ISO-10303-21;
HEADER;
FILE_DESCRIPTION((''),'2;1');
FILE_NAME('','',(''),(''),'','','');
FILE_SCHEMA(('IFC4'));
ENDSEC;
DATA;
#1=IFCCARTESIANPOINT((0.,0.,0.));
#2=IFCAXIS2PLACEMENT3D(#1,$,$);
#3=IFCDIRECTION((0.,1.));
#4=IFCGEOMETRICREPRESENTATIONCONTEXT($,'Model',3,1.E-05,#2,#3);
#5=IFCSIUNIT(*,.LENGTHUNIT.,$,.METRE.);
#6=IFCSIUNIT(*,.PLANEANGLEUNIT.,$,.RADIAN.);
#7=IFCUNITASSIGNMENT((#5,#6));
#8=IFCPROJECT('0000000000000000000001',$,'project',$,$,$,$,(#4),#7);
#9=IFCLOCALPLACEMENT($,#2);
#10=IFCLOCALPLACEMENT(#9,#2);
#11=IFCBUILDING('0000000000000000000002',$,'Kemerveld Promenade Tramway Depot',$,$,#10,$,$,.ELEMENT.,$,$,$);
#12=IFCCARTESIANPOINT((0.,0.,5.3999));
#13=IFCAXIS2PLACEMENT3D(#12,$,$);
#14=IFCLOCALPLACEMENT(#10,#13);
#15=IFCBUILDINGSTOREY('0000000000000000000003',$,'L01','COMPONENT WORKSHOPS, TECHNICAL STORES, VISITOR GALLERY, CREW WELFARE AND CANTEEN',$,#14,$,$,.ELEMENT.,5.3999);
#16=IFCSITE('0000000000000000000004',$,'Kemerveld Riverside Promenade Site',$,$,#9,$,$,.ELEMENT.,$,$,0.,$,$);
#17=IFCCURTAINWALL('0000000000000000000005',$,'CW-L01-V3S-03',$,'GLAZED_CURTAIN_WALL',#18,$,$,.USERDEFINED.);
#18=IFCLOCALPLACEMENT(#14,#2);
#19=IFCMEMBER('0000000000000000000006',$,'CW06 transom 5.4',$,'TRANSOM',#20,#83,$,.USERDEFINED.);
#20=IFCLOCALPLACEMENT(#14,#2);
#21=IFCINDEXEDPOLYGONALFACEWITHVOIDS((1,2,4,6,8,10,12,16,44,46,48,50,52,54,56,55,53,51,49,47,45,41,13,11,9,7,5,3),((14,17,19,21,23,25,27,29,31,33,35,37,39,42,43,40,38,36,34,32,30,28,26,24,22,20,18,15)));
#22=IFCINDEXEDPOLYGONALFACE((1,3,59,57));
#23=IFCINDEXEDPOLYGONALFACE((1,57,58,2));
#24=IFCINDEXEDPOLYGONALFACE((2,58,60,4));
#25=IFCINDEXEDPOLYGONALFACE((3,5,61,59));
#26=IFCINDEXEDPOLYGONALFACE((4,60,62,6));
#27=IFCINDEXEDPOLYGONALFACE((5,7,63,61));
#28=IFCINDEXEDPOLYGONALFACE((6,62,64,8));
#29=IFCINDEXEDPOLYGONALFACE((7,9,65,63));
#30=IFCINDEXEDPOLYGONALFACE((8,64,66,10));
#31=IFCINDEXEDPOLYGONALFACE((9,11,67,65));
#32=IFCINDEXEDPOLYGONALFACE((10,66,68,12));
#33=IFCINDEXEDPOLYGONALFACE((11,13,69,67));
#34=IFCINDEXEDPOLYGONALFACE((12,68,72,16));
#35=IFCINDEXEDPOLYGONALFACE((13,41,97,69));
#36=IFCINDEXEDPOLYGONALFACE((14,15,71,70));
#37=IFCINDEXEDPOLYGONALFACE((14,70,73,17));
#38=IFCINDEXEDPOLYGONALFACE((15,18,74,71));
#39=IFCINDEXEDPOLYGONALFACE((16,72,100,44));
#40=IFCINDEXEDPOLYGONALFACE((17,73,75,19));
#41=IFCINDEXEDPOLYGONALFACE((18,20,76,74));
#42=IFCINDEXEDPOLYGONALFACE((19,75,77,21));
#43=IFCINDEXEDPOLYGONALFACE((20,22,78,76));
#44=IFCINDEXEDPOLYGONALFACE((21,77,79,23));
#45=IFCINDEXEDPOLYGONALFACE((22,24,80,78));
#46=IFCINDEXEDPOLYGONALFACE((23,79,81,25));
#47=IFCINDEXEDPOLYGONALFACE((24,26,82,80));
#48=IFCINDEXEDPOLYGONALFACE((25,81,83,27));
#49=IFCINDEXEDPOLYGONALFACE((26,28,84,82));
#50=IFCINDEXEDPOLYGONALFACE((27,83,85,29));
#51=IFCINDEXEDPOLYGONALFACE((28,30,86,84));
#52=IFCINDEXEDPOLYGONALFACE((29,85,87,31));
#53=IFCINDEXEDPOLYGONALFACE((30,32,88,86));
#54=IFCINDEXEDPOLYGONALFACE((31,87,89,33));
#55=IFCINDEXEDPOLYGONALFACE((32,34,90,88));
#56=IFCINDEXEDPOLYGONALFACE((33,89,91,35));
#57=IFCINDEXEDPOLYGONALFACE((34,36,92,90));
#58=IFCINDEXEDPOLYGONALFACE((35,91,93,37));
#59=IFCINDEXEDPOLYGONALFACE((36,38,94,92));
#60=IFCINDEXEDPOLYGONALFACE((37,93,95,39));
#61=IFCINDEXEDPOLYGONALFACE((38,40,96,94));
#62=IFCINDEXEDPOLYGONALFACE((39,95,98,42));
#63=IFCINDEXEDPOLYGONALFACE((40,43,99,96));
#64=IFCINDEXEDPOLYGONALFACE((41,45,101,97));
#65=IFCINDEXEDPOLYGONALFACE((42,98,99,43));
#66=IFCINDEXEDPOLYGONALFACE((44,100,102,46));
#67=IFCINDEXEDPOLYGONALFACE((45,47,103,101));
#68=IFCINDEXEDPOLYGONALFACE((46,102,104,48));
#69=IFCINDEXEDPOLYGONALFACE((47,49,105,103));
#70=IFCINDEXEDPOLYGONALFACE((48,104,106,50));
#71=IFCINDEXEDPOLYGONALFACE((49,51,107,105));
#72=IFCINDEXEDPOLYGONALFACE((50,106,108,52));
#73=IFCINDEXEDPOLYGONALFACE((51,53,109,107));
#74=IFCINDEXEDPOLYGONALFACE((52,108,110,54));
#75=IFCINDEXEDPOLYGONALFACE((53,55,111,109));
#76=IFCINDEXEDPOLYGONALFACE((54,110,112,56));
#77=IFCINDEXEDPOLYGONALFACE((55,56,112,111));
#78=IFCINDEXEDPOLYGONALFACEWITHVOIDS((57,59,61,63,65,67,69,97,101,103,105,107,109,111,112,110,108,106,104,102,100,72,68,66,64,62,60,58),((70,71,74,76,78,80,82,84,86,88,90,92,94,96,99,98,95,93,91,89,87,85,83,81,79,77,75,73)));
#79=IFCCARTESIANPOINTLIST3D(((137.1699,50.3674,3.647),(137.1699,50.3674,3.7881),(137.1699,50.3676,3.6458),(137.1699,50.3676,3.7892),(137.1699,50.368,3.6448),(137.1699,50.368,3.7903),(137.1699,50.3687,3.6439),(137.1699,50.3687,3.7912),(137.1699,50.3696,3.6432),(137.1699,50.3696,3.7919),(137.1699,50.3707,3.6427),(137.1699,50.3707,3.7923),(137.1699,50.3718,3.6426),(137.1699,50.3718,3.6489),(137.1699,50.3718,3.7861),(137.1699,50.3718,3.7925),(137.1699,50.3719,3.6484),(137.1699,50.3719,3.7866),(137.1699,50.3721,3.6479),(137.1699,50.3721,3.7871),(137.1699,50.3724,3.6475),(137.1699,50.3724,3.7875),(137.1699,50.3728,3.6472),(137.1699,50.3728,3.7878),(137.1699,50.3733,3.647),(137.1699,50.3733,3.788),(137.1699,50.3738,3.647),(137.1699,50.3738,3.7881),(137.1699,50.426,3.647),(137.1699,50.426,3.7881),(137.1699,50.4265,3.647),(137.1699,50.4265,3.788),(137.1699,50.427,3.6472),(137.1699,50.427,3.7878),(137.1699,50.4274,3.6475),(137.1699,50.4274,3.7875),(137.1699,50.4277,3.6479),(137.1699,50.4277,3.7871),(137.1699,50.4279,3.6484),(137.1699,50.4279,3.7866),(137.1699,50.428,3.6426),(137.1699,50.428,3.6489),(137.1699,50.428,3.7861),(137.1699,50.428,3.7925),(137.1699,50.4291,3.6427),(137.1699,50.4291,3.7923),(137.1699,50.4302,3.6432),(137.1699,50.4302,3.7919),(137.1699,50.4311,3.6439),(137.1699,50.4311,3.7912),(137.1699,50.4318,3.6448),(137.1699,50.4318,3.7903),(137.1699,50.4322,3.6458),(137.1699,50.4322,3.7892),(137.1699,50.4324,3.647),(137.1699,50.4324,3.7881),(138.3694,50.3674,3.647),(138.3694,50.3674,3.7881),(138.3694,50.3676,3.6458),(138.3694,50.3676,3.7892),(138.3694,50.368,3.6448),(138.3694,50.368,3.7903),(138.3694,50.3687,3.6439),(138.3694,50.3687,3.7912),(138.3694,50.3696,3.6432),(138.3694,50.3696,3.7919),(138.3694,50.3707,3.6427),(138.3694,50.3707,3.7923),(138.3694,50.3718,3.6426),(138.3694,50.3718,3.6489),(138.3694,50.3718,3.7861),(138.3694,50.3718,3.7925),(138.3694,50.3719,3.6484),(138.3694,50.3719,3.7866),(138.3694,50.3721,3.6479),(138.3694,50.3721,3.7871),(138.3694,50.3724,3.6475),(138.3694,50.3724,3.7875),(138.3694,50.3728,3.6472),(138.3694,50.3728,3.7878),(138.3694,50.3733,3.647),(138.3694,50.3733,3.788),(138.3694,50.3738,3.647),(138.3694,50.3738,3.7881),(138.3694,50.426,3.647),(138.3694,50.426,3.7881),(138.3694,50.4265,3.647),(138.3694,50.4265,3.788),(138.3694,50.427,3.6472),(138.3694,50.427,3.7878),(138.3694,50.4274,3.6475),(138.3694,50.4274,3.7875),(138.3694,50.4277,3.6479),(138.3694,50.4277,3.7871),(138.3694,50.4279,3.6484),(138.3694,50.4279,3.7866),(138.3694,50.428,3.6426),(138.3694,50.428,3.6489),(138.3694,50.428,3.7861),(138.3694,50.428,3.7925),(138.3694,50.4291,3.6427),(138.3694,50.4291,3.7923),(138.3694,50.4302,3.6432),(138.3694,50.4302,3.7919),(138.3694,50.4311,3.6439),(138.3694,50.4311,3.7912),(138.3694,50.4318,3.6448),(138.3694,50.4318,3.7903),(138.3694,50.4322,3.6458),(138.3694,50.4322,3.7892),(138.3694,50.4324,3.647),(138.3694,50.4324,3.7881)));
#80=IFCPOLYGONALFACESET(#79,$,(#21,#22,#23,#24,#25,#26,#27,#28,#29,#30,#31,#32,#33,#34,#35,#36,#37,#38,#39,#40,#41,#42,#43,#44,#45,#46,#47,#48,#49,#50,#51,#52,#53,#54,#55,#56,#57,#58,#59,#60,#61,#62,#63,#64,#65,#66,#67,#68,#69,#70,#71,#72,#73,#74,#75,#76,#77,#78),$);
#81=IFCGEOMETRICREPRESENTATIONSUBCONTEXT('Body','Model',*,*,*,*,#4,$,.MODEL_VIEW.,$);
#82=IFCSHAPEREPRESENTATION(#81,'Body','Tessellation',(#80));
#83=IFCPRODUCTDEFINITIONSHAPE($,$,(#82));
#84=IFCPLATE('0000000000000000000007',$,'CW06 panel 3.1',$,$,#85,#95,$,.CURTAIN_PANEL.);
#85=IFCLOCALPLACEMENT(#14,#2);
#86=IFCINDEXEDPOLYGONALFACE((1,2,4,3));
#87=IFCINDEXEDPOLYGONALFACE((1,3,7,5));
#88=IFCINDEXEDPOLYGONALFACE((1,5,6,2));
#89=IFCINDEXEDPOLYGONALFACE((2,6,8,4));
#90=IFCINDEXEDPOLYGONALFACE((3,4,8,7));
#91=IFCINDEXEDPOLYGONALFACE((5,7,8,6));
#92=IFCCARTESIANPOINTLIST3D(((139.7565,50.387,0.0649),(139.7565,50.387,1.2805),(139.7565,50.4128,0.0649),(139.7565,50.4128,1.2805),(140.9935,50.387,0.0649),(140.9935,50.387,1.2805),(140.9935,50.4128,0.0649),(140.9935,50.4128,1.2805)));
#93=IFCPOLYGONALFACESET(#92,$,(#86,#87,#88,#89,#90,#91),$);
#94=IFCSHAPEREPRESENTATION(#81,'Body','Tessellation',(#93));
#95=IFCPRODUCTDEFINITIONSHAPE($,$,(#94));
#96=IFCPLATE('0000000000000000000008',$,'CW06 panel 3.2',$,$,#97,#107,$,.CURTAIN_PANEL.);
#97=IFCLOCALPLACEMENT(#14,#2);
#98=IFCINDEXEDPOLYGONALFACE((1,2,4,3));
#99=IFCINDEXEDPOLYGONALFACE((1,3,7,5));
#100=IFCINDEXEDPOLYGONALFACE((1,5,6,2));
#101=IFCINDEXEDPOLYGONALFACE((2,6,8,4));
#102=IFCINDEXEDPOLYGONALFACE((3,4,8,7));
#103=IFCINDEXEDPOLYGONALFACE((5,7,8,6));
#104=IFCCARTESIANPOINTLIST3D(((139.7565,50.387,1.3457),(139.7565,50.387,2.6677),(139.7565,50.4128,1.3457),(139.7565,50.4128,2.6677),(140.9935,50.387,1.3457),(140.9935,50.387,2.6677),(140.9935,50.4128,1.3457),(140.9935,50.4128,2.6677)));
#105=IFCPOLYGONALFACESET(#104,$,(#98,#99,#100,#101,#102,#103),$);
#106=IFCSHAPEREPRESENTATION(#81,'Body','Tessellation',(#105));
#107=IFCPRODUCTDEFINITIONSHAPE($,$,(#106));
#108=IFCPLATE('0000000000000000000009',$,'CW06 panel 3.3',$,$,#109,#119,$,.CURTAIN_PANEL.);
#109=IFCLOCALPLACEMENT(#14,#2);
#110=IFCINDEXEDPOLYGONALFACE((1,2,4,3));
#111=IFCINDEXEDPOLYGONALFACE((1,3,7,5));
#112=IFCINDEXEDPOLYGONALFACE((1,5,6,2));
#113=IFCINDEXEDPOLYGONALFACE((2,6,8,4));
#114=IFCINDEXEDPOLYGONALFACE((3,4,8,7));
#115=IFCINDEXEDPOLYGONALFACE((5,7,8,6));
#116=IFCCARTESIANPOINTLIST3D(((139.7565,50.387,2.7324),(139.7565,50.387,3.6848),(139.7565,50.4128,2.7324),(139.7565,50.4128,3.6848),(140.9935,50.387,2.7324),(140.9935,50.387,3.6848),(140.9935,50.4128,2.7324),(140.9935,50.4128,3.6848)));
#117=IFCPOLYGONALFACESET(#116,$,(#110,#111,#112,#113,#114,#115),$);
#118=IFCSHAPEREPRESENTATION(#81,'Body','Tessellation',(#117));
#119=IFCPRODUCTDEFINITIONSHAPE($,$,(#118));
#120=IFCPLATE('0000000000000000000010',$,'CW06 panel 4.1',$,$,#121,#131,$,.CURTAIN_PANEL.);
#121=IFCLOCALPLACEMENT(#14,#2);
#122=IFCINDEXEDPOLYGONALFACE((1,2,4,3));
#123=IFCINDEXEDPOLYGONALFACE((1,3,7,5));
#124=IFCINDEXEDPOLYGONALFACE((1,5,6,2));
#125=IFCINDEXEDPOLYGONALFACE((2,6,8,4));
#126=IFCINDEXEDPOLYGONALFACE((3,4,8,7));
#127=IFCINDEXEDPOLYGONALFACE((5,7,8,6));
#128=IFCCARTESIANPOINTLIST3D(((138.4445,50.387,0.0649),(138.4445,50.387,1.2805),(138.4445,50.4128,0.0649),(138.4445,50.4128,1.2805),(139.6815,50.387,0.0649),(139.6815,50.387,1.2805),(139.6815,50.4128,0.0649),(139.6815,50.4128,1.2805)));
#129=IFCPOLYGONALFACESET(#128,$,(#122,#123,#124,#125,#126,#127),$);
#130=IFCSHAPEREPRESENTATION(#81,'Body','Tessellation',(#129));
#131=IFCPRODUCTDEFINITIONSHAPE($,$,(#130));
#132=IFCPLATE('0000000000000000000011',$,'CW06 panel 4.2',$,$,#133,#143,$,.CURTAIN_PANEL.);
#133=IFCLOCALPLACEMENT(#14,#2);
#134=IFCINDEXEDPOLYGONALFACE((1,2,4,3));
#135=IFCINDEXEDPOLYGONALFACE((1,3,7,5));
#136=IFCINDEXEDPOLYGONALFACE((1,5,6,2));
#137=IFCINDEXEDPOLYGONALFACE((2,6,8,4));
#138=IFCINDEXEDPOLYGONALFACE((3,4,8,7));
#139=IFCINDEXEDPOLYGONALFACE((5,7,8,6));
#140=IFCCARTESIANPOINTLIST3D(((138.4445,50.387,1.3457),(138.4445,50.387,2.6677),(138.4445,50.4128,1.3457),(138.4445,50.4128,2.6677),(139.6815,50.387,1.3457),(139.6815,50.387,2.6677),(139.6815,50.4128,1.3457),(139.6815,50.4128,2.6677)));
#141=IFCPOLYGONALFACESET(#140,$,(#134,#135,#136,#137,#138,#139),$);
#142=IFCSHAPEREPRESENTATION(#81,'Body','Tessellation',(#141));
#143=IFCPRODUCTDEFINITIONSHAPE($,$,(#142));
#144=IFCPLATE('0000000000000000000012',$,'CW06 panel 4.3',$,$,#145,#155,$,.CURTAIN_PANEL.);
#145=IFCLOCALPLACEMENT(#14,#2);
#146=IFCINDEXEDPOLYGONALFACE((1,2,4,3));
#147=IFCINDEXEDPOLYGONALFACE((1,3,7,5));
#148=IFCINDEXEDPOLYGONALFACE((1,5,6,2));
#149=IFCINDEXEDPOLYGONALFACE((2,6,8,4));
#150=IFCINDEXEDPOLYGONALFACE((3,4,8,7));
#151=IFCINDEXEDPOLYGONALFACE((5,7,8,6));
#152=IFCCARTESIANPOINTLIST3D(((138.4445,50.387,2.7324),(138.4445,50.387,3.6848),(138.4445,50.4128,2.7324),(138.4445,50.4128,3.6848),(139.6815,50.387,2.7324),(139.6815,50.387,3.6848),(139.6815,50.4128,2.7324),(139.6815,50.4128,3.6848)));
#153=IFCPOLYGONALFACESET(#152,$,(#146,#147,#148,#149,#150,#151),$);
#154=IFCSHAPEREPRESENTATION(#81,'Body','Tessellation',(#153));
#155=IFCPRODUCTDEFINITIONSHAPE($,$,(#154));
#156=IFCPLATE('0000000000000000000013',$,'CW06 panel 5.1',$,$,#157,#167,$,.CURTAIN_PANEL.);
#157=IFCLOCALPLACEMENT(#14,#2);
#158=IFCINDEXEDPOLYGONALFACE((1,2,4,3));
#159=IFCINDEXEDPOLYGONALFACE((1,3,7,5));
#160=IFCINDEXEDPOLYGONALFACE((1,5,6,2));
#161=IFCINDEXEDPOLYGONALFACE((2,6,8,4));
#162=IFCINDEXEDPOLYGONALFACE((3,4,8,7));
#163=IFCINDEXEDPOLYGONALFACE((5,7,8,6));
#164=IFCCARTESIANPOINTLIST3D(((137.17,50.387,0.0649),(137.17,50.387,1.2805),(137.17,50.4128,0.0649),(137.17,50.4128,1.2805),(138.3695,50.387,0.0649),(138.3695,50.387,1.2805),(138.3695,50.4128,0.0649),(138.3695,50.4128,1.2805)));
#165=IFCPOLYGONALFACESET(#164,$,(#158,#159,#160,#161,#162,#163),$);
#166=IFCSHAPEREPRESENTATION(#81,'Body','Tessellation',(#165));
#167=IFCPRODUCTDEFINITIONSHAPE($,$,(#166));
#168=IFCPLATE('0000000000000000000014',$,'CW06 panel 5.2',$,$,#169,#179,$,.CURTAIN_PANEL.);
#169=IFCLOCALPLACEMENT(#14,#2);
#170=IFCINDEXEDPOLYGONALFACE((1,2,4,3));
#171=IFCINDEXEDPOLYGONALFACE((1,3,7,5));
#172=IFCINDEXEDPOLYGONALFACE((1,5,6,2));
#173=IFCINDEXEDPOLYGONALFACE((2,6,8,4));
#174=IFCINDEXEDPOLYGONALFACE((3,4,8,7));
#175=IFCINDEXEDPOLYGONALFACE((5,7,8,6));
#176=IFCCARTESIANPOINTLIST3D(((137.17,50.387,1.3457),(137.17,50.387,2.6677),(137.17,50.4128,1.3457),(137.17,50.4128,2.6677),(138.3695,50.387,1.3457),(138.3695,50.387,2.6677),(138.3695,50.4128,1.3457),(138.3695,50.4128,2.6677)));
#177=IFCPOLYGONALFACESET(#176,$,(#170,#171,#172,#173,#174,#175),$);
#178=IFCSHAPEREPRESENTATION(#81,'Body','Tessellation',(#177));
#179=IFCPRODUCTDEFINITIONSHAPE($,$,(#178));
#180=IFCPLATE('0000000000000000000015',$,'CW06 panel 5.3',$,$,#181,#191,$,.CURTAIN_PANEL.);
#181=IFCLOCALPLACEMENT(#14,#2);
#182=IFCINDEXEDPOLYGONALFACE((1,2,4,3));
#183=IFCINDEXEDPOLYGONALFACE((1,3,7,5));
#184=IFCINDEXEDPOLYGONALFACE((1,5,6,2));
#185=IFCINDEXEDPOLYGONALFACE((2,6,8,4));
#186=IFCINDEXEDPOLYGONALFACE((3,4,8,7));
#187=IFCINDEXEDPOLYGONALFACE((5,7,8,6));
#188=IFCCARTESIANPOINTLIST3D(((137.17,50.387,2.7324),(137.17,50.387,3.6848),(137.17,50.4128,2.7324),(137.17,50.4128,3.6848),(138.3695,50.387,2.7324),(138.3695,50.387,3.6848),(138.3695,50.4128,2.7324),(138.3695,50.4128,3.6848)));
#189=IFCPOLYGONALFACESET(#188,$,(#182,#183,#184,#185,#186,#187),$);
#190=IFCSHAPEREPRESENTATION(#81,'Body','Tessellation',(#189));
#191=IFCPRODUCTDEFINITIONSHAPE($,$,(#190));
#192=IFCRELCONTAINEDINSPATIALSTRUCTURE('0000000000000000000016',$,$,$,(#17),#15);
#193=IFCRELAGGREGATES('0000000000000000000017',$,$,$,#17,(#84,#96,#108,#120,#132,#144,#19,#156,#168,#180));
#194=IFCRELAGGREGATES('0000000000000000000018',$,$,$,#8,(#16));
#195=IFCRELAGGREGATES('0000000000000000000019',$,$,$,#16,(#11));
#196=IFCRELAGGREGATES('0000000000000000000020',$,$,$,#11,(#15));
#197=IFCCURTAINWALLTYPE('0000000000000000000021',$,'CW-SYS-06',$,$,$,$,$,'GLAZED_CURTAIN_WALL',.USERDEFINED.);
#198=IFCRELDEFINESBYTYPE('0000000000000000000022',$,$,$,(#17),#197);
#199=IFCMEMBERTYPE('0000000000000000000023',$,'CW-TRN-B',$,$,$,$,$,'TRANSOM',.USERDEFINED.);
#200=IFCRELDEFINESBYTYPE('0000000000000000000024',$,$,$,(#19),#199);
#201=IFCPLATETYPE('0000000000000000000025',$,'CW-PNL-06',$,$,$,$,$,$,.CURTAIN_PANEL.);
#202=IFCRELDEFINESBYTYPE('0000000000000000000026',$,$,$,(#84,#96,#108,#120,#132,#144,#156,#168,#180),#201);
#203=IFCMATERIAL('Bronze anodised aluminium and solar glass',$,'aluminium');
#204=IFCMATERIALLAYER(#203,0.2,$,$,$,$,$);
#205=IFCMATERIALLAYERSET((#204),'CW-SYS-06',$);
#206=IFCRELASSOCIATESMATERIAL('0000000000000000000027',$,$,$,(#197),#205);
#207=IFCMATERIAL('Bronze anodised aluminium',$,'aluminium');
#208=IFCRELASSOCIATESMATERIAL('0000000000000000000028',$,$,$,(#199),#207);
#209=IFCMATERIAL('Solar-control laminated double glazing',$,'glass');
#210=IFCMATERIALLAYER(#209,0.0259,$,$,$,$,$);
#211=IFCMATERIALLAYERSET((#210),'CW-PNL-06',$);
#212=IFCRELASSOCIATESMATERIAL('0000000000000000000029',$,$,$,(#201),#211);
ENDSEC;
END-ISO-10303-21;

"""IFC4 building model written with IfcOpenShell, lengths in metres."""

from ifc_helpers import new_model, si_unit, direction, frame, origin, origin_2d, place, context, subcontext, project, spatial, rectangle, hollow_rectangle, extrude, material, layer, layer_set, material_profile, profile_set, type_object, element, aggregate, save


model = new_model("IFC4")

# Units and contexts
model_context = context("Model", 3, precision=1e-05, world=origin(), true_north=direction((0.0, 1.0)))
body_context = subcontext(model_context, "Body", "Model", "MODEL_VIEW")
ifc_project = project(units=[si_unit("LENGTHUNIT", "METRE"), si_unit("PLANEANGLEUNIT", "RADIAN")], contexts=[model_context])

# Site, building, storey
site_placement = place(None, origin())
site = spatial("IfcSite", under=ifc_project, at=site_placement, Name="Kemerveld Riverside Promenade Site", CompositionType="ELEMENT", RefElevation=0.0)
building_placement = place(site_placement, origin())
building = spatial("IfcBuilding", under=site, at=building_placement, Name="Kemerveld Promenade Tramway Depot", CompositionType="ELEMENT")
storey_placement = place(building_placement, frame((0.0, 0.0, 5.3999)))
storey = spatial("IfcBuildingStorey", under=building, at=storey_placement, Name="L01", Description="COMPONENT WORKSHOPS, TECHNICAL STORES, VISITOR GALLERY, CREW WELFARE AND CANTEEN", CompositionType="ELEMENT", Elevation=5.3999)

# Curtain wall, member, plates
ifc_material_1 = material(Name="Bronze anodised aluminium and solar glass", Category="aluminium")
ifc_layer_1 = layer(ifc_material_1, 0.2)
ifc_layer_set_1 = layer_set([ifc_layer_1], Name="CW-SYS-06")
curtain_wall_type = type_object("IfcCurtainWallType", Name="CW-SYS-06", ElementType="GLAZED_CURTAIN_WALL", PredefinedType="USERDEFINED", material=ifc_layer_set_1)
curtain_wall_placement = place(storey_placement, origin())
curtain_wall = element("IfcCurtainWall", 1, at=curtain_wall_placement, inside=storey, type_object=curtain_wall_type, Name="CW-L01-V3S-03", ObjectType="GLAZED_CURTAIN_WALL", PredefinedType="USERDEFINED")
ifc_material_2 = material(Name="Bronze anodised aluminium", Category="aluminium")
ifc_material_profile_1 = material_profile(ifc_material_2, hollow_rectangle(XDim=0.0649, YDim=0.1499, WallThickness=0.0044, InnerFilletRadius=0.002, OuterFilletRadius=0.0044, at=origin_2d()), Name="CW-TRN-150x65")
ifc_profile_set_1 = profile_set([ifc_material_profile_1], Name="Bronze anodised aluminium")
member_type_1 = type_object("IfcMemberType", Name="CW-TRN-B", ElementType="TRANSOM", PredefinedType="USERDEFINED", material=ifc_profile_set_1)
member_1_placement = place(storey_placement, frame((138.3694, 50.3999, 3.7175), z_axis=(-1.0, 0.0, 0.0), x_axis=(0.0, -1.0, 0.0)))
member_1 = element("IfcMember", 2, at=member_1_placement, type_object=member_type_1, Name="CW06 transom 5.4", ObjectType="TRANSOM", PredefinedType="USERDEFINED", context=body_context, shape_type="SweptSolid", body=[
    extrude(hollow_rectangle(XDim=0.0649, YDim=0.1499, WallThickness=0.0044, InnerFilletRadius=0.002, OuterFilletRadius=0.0044, at=origin_2d()), origin(), (0.0, 0.0, 1.0), 1.1995),
])
ifc_material_3 = material(Name="Solar-control laminated double glazing", Category="glass")
ifc_layer_2 = layer(ifc_material_3, 0.0259)
ifc_layer_set_2 = layer_set([ifc_layer_2], Name="CW-PNL-06")
plate_type = type_object("IfcPlateType", Name="CW-PNL-06", PredefinedType="CURTAIN_PANEL", material=ifc_layer_set_2)
plate_1_placement = place(storey_placement, frame((140.375, 50.3999, 0.0649), z_axis=(0.0, 0.0, 1.0), x_axis=(-1.0, 0.0, 0.0)))
plate_1 = element("IfcPlate", 3, at=plate_1_placement, type_object=plate_type, Name="CW06 panel 3.1", PredefinedType="CURTAIN_PANEL", context=body_context, shape_type="SweptSolid", body=[
    extrude(rectangle(XDim=1.2371, YDim=0.0259, at=origin_2d()), origin(), (0.0, 0.0, 1.0), 1.2156),
])
plate_2_placement = place(storey_placement, frame((140.375, 50.3999, 1.3457), z_axis=(0.0, 0.0, 1.0), x_axis=(-1.0, 0.0, 0.0)))
plate_2 = element("IfcPlate", 4, at=plate_2_placement, type_object=plate_type, Name="CW06 panel 3.2", PredefinedType="CURTAIN_PANEL", context=body_context, shape_type="SweptSolid", body=[
    extrude(rectangle(XDim=1.2371, YDim=0.0259, at=origin_2d()), origin(), (0.0, 0.0, 1.0), 1.322),
])
plate_3_placement = place(storey_placement, frame((140.375, 50.3999, 2.7324), z_axis=(0.0, 0.0, 1.0), x_axis=(-1.0, 0.0, 0.0)))
plate_3 = element("IfcPlate", 5, at=plate_3_placement, type_object=plate_type, Name="CW06 panel 3.3", PredefinedType="CURTAIN_PANEL", context=body_context, shape_type="SweptSolid", body=[
    extrude(rectangle(XDim=1.2371, YDim=0.0259, at=origin_2d()), origin(), (0.0, 0.0, 1.0), 0.9524),
])
plate_4_placement = place(storey_placement, frame((139.063, 50.3999, 0.0649), z_axis=(0.0, 0.0, 1.0), x_axis=(-1.0, 0.0, 0.0)))
plate_4 = element("IfcPlate", 6, at=plate_4_placement, type_object=plate_type, Name="CW06 panel 4.1", PredefinedType="CURTAIN_PANEL", context=body_context, shape_type="SweptSolid", body=[
    extrude(rectangle(XDim=1.2371, YDim=0.0259, at=origin_2d()), origin(), (0.0, 0.0, 1.0), 1.2156),
])
plate_5_placement = place(storey_placement, frame((139.063, 50.3999, 1.3457), z_axis=(0.0, 0.0, 1.0), x_axis=(-1.0, 0.0, 0.0)))
plate_5 = element("IfcPlate", 7, at=plate_5_placement, type_object=plate_type, Name="CW06 panel 4.2", PredefinedType="CURTAIN_PANEL", context=body_context, shape_type="SweptSolid", body=[
    extrude(rectangle(XDim=1.2371, YDim=0.0259, at=origin_2d()), origin(), (0.0, 0.0, 1.0), 1.322),
])
plate_6_placement = place(storey_placement, frame((139.063, 50.3999, 2.7324), z_axis=(0.0, 0.0, 1.0), x_axis=(-1.0, 0.0, 0.0)))
plate_6 = element("IfcPlate", 8, at=plate_6_placement, type_object=plate_type, Name="CW06 panel 4.3", PredefinedType="CURTAIN_PANEL", context=body_context, shape_type="SweptSolid", body=[
    extrude(rectangle(XDim=1.2371, YDim=0.0259, at=origin_2d()), origin(), (0.0, 0.0, 1.0), 0.9524),
])
plate_7_placement = place(storey_placement, frame((137.7698, 50.3999, 0.0649), z_axis=(0.0, 0.0, 1.0), x_axis=(-1.0, 0.0, 0.0)))
plate_7 = element("IfcPlate", 9, at=plate_7_placement, type_object=plate_type, Name="CW06 panel 5.1", PredefinedType="CURTAIN_PANEL", context=body_context, shape_type="SweptSolid", body=[
    extrude(rectangle(XDim=1.1995, YDim=0.0259, at=origin_2d()), origin(), (0.0, 0.0, 1.0), 1.2156),
])
plate_8_placement = place(storey_placement, frame((137.7698, 50.3999, 1.3457), z_axis=(0.0, 0.0, 1.0), x_axis=(-1.0, 0.0, 0.0)))
plate_8 = element("IfcPlate", 10, at=plate_8_placement, type_object=plate_type, Name="CW06 panel 5.2", PredefinedType="CURTAIN_PANEL", context=body_context, shape_type="SweptSolid", body=[
    extrude(rectangle(XDim=1.1995, YDim=0.0259, at=origin_2d()), origin(), (0.0, 0.0, 1.0), 1.322),
])
plate_9_placement = place(storey_placement, frame((137.7698, 50.3999, 2.7324), z_axis=(0.0, 0.0, 1.0), x_axis=(-1.0, 0.0, 0.0)))
plate_9 = element("IfcPlate", 11, at=plate_9_placement, type_object=plate_type, Name="CW06 panel 5.3", PredefinedType="CURTAIN_PANEL", context=body_context, shape_type="SweptSolid", body=[
    extrude(rectangle(XDim=1.1995, YDim=0.0259, at=origin_2d()), origin(), (0.0, 0.0, 1.0), 0.9524),
])
aggregate(curtain_wall, [plate_1, plate_2, plate_3, plate_4, plate_5, plate_6, member_1, plate_7, plate_8, plate_9])

save(model, "model.ifc")
